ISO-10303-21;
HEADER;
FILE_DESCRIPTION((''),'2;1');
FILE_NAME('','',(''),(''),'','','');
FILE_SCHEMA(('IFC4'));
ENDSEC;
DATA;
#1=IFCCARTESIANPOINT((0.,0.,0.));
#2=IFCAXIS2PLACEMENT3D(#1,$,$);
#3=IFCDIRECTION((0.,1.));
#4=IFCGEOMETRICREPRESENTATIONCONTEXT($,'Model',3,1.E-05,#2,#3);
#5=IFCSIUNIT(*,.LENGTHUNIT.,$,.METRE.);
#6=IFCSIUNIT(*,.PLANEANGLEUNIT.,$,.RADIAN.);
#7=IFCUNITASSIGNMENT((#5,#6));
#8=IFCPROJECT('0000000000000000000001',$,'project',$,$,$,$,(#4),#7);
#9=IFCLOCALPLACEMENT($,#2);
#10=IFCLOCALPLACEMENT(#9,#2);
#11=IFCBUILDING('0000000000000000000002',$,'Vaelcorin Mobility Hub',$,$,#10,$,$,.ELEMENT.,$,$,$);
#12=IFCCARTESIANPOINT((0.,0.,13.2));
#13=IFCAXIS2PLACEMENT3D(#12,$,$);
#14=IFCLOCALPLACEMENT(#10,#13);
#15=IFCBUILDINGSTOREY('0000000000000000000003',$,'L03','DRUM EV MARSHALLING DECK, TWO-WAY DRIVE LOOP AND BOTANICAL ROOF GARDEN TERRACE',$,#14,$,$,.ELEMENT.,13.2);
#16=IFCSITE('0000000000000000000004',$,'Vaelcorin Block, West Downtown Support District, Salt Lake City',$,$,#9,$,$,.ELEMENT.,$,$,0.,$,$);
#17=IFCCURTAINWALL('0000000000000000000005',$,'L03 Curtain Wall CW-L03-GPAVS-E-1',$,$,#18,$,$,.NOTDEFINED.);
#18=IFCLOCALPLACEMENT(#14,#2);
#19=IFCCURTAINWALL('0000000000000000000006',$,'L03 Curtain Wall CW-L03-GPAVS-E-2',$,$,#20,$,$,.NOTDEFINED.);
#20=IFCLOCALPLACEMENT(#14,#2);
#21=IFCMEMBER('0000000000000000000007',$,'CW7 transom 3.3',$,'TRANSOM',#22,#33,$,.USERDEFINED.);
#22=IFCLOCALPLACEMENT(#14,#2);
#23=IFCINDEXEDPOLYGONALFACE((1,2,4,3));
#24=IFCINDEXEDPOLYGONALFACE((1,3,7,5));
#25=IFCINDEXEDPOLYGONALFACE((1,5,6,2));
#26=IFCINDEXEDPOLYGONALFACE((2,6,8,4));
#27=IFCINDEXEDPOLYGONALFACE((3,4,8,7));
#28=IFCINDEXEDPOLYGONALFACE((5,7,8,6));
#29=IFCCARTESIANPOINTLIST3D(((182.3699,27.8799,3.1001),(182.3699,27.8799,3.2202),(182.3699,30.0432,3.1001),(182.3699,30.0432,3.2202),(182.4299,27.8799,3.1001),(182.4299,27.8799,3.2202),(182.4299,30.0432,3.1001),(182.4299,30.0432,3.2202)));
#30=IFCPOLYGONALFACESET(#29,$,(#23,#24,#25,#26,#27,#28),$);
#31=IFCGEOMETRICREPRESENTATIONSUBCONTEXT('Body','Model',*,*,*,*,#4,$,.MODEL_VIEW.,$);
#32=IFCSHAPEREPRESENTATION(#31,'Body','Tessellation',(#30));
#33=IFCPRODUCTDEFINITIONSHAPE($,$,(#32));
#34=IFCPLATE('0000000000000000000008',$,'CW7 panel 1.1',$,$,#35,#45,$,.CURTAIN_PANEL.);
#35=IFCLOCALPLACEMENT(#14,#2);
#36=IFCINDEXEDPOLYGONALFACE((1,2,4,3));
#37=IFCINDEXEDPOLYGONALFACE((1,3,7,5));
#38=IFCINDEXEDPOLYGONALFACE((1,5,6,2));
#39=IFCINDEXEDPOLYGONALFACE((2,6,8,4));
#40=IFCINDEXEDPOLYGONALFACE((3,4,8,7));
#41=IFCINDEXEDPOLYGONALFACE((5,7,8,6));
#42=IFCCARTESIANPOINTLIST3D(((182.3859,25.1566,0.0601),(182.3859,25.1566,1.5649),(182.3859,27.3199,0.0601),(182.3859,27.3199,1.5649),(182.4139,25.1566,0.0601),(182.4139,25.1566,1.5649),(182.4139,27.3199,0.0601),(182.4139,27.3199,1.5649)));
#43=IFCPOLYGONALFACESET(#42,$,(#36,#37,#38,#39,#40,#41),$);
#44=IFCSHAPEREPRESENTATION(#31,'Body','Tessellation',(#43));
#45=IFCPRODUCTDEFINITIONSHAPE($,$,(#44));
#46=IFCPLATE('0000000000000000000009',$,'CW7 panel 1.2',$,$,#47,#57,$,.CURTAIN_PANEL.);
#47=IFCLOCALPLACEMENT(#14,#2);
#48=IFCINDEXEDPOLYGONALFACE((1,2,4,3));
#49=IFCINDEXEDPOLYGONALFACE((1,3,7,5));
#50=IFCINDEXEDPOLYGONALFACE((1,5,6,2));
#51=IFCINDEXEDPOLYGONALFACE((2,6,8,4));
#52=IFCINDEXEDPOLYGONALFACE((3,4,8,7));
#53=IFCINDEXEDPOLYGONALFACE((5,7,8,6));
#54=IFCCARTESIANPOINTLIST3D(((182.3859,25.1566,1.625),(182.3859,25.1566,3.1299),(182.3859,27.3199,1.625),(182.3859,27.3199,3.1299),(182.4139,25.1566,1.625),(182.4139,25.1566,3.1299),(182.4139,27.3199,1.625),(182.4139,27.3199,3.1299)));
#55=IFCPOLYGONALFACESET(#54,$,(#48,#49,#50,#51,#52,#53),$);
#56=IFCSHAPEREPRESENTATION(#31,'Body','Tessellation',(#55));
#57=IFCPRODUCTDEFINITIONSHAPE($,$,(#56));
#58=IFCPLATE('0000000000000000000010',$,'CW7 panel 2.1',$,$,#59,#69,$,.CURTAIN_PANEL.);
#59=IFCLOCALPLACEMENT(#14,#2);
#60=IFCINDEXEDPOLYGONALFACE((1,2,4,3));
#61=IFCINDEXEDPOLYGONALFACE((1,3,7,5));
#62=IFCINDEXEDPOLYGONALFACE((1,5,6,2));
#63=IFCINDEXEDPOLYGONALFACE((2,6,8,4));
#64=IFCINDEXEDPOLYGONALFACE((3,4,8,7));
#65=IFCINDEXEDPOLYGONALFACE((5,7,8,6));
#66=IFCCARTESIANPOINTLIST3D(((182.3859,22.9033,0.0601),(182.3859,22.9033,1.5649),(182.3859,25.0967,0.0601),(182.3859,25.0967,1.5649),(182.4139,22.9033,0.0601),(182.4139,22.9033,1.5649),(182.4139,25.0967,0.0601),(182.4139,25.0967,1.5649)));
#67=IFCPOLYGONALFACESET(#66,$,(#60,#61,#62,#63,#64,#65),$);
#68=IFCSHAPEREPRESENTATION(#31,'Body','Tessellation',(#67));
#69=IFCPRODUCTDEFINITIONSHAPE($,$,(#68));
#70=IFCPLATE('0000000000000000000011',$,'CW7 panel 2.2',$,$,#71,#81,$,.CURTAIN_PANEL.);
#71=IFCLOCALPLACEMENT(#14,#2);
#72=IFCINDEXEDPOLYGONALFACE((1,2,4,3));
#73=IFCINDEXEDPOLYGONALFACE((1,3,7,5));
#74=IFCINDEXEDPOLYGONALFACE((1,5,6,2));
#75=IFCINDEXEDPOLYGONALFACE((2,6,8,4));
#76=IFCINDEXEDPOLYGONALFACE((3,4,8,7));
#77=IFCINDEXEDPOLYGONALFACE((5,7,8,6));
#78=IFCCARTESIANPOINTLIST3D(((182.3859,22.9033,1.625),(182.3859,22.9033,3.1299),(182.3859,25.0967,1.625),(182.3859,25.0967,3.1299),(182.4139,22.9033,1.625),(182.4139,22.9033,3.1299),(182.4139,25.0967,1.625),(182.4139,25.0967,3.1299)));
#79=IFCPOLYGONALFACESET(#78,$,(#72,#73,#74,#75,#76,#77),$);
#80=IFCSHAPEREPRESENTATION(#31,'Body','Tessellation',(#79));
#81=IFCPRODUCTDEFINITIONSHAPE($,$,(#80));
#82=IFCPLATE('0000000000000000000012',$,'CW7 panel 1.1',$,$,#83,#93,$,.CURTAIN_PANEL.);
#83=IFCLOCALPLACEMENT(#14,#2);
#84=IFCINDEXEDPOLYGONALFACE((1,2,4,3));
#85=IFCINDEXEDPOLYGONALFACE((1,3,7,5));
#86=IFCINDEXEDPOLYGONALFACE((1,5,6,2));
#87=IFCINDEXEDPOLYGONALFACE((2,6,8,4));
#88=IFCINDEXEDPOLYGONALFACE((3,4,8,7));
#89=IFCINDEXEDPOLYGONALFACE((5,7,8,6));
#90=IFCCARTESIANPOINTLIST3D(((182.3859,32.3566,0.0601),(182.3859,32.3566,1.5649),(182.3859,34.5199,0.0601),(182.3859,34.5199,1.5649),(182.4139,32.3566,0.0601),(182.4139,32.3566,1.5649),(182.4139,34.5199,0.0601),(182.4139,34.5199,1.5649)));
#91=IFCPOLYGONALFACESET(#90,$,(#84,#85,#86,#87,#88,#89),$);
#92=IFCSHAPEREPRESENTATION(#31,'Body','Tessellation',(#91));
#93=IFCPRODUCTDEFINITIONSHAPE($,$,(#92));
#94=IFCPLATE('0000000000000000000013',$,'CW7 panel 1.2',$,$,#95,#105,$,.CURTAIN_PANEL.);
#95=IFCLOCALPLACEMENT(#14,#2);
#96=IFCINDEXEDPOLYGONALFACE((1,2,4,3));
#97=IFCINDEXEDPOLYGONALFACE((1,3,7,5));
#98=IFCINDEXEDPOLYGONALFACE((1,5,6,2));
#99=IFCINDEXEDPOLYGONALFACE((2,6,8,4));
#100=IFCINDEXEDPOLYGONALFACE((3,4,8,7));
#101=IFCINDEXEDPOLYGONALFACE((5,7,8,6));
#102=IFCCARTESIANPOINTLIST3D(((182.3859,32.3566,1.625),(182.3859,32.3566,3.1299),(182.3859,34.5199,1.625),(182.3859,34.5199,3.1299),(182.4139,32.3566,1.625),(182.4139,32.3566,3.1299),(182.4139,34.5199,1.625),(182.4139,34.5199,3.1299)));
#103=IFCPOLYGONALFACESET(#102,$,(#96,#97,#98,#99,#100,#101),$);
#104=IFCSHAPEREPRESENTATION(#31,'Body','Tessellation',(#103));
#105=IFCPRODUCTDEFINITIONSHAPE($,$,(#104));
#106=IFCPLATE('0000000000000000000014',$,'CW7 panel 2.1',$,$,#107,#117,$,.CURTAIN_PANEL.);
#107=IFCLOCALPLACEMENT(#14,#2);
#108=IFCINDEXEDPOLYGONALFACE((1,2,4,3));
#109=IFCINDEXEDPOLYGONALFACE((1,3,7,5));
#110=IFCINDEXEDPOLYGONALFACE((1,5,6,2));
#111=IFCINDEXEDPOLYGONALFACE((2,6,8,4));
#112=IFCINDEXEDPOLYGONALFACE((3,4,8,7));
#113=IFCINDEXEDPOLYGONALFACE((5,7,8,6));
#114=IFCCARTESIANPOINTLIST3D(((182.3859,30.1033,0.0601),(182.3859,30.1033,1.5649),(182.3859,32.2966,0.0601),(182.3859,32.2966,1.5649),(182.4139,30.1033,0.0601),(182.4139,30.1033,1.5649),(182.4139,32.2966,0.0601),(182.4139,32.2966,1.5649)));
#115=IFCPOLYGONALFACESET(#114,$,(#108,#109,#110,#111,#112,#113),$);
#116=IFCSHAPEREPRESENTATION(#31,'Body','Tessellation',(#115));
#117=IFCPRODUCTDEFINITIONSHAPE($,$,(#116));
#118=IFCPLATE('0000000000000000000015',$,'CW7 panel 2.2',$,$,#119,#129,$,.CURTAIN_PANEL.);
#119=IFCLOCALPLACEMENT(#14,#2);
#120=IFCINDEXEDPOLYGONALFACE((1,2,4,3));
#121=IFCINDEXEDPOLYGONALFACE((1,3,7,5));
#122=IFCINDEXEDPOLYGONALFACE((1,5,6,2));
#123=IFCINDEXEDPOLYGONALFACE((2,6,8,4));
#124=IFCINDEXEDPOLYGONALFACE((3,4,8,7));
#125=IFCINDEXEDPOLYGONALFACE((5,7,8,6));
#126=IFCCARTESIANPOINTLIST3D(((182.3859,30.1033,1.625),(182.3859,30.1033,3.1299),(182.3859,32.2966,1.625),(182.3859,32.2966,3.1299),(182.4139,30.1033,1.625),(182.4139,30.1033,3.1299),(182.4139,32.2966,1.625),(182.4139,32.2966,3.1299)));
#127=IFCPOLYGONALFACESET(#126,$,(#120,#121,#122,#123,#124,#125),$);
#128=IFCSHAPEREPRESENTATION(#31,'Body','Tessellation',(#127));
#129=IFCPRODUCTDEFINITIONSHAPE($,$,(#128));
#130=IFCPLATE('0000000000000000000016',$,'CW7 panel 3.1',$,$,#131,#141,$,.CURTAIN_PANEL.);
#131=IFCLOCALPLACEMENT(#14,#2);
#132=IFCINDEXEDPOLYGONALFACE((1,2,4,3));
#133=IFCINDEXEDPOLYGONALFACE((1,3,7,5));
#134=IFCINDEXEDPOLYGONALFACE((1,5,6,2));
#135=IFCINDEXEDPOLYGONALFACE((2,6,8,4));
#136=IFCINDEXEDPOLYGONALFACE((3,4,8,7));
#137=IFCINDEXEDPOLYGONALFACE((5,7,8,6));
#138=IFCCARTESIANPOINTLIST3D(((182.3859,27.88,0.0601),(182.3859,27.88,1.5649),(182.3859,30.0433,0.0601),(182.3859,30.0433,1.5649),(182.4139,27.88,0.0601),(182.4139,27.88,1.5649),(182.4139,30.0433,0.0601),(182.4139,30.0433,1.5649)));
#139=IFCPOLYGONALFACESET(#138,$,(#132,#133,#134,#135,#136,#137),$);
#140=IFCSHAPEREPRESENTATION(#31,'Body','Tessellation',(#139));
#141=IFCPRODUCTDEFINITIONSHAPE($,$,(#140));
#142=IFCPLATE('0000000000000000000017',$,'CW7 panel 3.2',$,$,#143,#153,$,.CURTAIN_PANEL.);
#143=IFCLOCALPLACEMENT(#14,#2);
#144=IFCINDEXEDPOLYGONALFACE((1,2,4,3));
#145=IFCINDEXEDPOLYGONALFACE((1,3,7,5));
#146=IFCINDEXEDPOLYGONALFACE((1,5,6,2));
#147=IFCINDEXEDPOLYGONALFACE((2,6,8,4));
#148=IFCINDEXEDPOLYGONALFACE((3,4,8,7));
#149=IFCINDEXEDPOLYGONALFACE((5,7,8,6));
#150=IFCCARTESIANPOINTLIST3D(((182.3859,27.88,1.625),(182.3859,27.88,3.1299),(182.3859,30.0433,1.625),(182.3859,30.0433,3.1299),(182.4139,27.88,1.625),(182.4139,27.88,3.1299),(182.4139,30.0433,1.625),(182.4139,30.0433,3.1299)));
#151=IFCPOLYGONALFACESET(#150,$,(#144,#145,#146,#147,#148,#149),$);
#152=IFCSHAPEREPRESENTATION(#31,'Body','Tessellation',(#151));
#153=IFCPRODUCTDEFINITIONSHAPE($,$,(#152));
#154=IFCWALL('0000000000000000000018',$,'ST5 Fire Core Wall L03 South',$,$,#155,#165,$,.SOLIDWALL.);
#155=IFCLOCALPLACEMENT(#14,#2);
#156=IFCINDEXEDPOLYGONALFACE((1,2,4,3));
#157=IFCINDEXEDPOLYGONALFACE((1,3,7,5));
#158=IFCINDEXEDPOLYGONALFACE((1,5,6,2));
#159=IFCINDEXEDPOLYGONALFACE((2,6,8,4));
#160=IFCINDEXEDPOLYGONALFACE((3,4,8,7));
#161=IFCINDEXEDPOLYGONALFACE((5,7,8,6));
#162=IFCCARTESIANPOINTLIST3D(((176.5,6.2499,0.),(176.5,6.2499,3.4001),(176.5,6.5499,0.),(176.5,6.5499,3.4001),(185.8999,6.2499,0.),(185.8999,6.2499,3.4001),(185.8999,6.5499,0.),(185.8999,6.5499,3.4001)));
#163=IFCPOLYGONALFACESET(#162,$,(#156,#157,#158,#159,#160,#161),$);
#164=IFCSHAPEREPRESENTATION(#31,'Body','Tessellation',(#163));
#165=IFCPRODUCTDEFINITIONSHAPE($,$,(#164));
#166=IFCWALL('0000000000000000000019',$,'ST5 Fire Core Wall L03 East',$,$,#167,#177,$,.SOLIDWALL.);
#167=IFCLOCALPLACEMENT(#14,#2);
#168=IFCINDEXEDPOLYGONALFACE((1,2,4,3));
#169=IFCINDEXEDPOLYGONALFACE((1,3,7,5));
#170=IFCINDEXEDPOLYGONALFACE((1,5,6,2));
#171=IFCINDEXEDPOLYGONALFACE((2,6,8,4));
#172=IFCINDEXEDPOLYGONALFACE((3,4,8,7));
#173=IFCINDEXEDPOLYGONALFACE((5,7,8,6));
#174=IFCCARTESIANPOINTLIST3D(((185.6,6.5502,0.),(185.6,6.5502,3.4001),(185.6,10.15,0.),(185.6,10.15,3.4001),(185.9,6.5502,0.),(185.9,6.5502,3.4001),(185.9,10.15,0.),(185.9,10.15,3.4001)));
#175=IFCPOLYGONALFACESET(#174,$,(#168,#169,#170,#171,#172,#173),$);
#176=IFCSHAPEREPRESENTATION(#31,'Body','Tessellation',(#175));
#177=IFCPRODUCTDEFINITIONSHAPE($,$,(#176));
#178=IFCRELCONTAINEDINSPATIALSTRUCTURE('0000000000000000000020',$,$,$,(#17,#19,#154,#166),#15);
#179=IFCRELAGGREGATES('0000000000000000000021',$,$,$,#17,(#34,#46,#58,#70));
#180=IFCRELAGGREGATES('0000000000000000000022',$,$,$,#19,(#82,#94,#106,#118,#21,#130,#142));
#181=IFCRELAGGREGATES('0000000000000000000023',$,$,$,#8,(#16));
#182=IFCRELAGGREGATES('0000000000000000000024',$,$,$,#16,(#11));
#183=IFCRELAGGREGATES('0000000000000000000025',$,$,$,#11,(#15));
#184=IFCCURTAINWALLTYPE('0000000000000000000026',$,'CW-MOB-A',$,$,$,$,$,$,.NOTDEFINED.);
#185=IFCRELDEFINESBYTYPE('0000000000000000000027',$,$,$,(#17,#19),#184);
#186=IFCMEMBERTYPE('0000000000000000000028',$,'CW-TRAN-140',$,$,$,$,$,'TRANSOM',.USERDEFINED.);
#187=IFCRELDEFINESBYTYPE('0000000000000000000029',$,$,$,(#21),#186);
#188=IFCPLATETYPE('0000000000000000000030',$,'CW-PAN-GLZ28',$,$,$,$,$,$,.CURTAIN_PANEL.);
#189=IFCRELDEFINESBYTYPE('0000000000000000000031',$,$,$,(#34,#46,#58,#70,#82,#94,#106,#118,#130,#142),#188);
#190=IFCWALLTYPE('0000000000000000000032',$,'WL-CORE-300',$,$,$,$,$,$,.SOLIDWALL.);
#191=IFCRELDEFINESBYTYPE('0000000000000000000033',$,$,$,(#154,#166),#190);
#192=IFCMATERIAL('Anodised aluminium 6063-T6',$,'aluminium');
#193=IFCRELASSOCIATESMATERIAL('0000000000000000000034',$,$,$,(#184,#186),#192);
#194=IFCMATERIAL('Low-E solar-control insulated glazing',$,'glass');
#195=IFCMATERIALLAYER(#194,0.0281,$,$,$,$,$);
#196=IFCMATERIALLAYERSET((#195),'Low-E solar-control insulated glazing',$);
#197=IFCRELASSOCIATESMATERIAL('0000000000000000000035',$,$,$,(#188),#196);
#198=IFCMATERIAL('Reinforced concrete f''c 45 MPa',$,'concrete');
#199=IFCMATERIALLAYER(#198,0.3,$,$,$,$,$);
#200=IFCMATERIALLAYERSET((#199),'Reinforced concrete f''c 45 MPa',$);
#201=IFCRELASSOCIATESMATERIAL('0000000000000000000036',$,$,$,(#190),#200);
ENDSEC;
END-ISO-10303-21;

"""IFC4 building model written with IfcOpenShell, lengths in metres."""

from ifc_helpers import new_model, si_unit, direction, frame, frame_2d, origin, origin_2d, place, context, subcontext, project, spatial, rectangle, extrude, material, layer, layer_set, material_profile, profile_set, type_object, element, aggregate, save


model = new_model("IFC4")

# Units and contexts
model_context = context("Model", 3, precision=1e-05, world=origin(), true_north=direction((0.0, 1.0)))
body_context = subcontext(model_context, "Body", "Model", "MODEL_VIEW")
ifc_project = project(units=[si_unit("LENGTHUNIT", "METRE"), si_unit("PLANEANGLEUNIT", "RADIAN")], contexts=[model_context])

# Site, building, storey
site_placement = place(None, origin())
site = spatial("IfcSite", under=ifc_project, at=site_placement, Name="Vaelcorin Block, West Downtown Support District, Salt Lake City", CompositionType="ELEMENT", RefElevation=0.0)
building_placement = place(site_placement, origin())
building = spatial("IfcBuilding", under=site, at=building_placement, Name="Vaelcorin Mobility Hub", CompositionType="ELEMENT")
storey_placement = place(building_placement, frame((0.0, 0.0, 13.2)))
storey = spatial("IfcBuildingStorey", under=building, at=storey_placement, Name="L03", Description="DRUM EV MARSHALLING DECK, TWO-WAY DRIVE LOOP AND BOTANICAL ROOF GARDEN TERRACE", CompositionType="ELEMENT", Elevation=13.2)

# Curtain walls
ifc_material_1 = material(Name="Anodised aluminium 6063-T6", Category="aluminium")
curtain_wall_type = type_object("IfcCurtainWallType", Name="CW-MOB-A", PredefinedType="NOTDEFINED", material=ifc_material_1)
curtain_wall_1_placement = place(storey_placement, origin())
curtain_wall_1 = element("IfcCurtainWall", 1, at=curtain_wall_1_placement, inside=storey, type_object=curtain_wall_type, Name="L03 Curtain Wall CW-L03-GPAVS-E-1", PredefinedType="NOTDEFINED")
curtain_wall_2_placement = place(storey_placement, origin())
curtain_wall_2 = element("IfcCurtainWall", 2, at=curtain_wall_2_placement, inside=storey, type_object=curtain_wall_type, Name="L03 Curtain Wall CW-L03-GPAVS-E-2", PredefinedType="NOTDEFINED")

# Member
ifc_material_profile_1 = material_profile(ifc_material_1, rectangle(XDim=0.0601, YDim=0.1201, at=origin_2d()), Name="ALU-T60X120")
ifc_profile_set_1 = profile_set([ifc_material_profile_1], Name="Anodised aluminium 6063-T6")
member_type_1 = type_object("IfcMemberType", Name="CW-TRAN-140", ElementType="TRANSOM", PredefinedType="USERDEFINED", material=ifc_profile_set_1)
member_1_placement = place(storey_placement, frame((182.3999, 30.0432, 3.1602), z_axis=(0.0, -1.0, 0.0), x_axis=(1.0, 0.0, 0.0)))
member_1 = element("IfcMember", 3, at=member_1_placement, type_object=member_type_1, Name="CW7 transom 3.3", ObjectType="TRANSOM", PredefinedType="USERDEFINED", context=body_context, shape_type="SweptSolid", body=[
    extrude(rectangle(XDim=0.0601, YDim=0.1201, at=origin_2d()), origin(), (0.0, 0.0, 1.0), 2.1633),
])

# Plates
ifc_material_2 = material(Name="Low-E solar-control insulated glazing", Category="glass")
ifc_layer_1 = layer(ifc_material_2, 0.0281)
ifc_layer_set_1 = layer_set([ifc_layer_1], Name="Low-E solar-control insulated glazing")
plate_type = type_object("IfcPlateType", Name="CW-PAN-GLZ28", PredefinedType="CURTAIN_PANEL", material=ifc_layer_set_1)
plate_1_placement = place(storey_placement, frame((182.3999, 26.2383, 0.0601), z_axis=(0.0, 0.0, 1.0), x_axis=(0.0, -1.0, 0.0)))
plate_1 = element("IfcPlate", 4, at=plate_1_placement, type_object=plate_type, Name="CW7 panel 1.1", PredefinedType="CURTAIN_PANEL", context=body_context, shape_type="SweptSolid", body=[
    extrude(rectangle(XDim=2.1633, YDim=0.0281, at=origin_2d()), origin(), (0.0, 0.0, 1.0), 1.5049),
])
plate_2_placement = place(storey_placement, frame((182.3999, 26.2383, 1.625), z_axis=(0.0, 0.0, 1.0), x_axis=(0.0, -1.0, 0.0)))
plate_2 = element("IfcPlate", 5, at=plate_2_placement, type_object=plate_type, Name="CW7 panel 1.2", PredefinedType="CURTAIN_PANEL", context=body_context, shape_type="SweptSolid", body=[
    extrude(rectangle(XDim=2.1633, YDim=0.0281, at=origin_2d()), origin(), (0.0, 0.0, 1.0), 1.5049),
])
plate_3_placement = place(storey_placement, frame((182.3999, 24.0, 0.0601), z_axis=(0.0, 0.0, 1.0), x_axis=(0.0, -1.0, 0.0)))
plate_3 = element("IfcPlate", 6, at=plate_3_placement, type_object=plate_type, Name="CW7 panel 2.1", PredefinedType="CURTAIN_PANEL", context=body_context, shape_type="SweptSolid", body=[
    extrude(rectangle(XDim=2.1934, YDim=0.0281, at=origin_2d()), origin(), (0.0, 0.0, 1.0), 1.5049),
])
plate_4_placement = place(storey_placement, frame((182.3999, 24.0, 1.625), z_axis=(0.0, 0.0, 1.0), x_axis=(0.0, -1.0, 0.0)))
plate_4 = element("IfcPlate", 7, at=plate_4_placement, type_object=plate_type, Name="CW7 panel 2.2", PredefinedType="CURTAIN_PANEL", context=body_context, shape_type="SweptSolid", body=[
    extrude(rectangle(XDim=2.1934, YDim=0.0281, at=origin_2d()), origin(), (0.0, 0.0, 1.0), 1.5049),
])
aggregate(curtain_wall_1, [plate_1, plate_2, plate_3, plate_4])
plate_5_placement = place(storey_placement, frame((182.3999, 33.4382, 0.0601), z_axis=(0.0, 0.0, 1.0), x_axis=(0.0, -1.0, 0.0)))
plate_5 = element("IfcPlate", 8, at=plate_5_placement, type_object=plate_type, Name="CW7 panel 1.1", PredefinedType="CURTAIN_PANEL", context=body_context, shape_type="SweptSolid", body=[
    extrude(rectangle(XDim=2.1633, YDim=0.0281, at=origin_2d()), origin(), (0.0, 0.0, 1.0), 1.5049),
])
plate_6_placement = place(storey_placement, frame((182.3999, 33.4382, 1.625), z_axis=(0.0, 0.0, 1.0), x_axis=(0.0, -1.0, 0.0)))
plate_6 = element("IfcPlate", 9, at=plate_6_placement, type_object=plate_type, Name="CW7 panel 1.2", PredefinedType="CURTAIN_PANEL", context=body_context, shape_type="SweptSolid", body=[
    extrude(rectangle(XDim=2.1633, YDim=0.0281, at=origin_2d()), origin(), (0.0, 0.0, 1.0), 1.5049),
])
plate_7_placement = place(storey_placement, frame((182.3999, 31.2, 0.0601), z_axis=(0.0, 0.0, 1.0), x_axis=(0.0, -1.0, 0.0)))
plate_7 = element("IfcPlate", 10, at=plate_7_placement, type_object=plate_type, Name="CW7 panel 2.1", PredefinedType="CURTAIN_PANEL", context=body_context, shape_type="SweptSolid", body=[
    extrude(rectangle(XDim=2.1934, YDim=0.0281, at=origin_2d()), origin(), (0.0, 0.0, 1.0), 1.5049),
])
plate_8_placement = place(storey_placement, frame((182.3999, 31.2, 1.625), z_axis=(0.0, 0.0, 1.0), x_axis=(0.0, -1.0, 0.0)))
plate_8 = element("IfcPlate", 11, at=plate_8_placement, type_object=plate_type, Name="CW7 panel 2.2", PredefinedType="CURTAIN_PANEL", context=body_context, shape_type="SweptSolid", body=[
    extrude(rectangle(XDim=2.1934, YDim=0.0281, at=origin_2d()), origin(), (0.0, 0.0, 1.0), 1.5049),
])
plate_9_placement = place(storey_placement, frame((182.3999, 28.9617, 0.0601), z_axis=(0.0, 0.0, 1.0), x_axis=(0.0, -1.0, 0.0)))
plate_9 = element("IfcPlate", 12, at=plate_9_placement, type_object=plate_type, Name="CW7 panel 3.1", PredefinedType="CURTAIN_PANEL", context=body_context, shape_type="SweptSolid", body=[
    extrude(rectangle(XDim=2.1633, YDim=0.0281, at=origin_2d()), origin(), (0.0, 0.0, 1.0), 1.5049),
])
plate_10_placement = place(storey_placement, frame((182.3999, 28.9617, 1.625), z_axis=(0.0, 0.0, 1.0), x_axis=(0.0, -1.0, 0.0)))
plate_10 = element("IfcPlate", 13, at=plate_10_placement, type_object=plate_type, Name="CW7 panel 3.2", PredefinedType="CURTAIN_PANEL", context=body_context, shape_type="SweptSolid", body=[
    extrude(rectangle(XDim=2.1633, YDim=0.0281, at=origin_2d()), origin(), (0.0, 0.0, 1.0), 1.5049),
])
aggregate(curtain_wall_2, [plate_5, plate_6, plate_7, plate_8, member_1, plate_9, plate_10])

# Walls
ifc_material_3 = material(Name="Reinforced concrete f'c 45 MPa", Category="concrete")
ifc_layer_2 = layer(ifc_material_3, 0.3)
ifc_layer_set_2 = layer_set([ifc_layer_2], Name="Reinforced concrete f'c 45 MPa")
wall_type = type_object("IfcWallType", Name="WL-CORE-300", PredefinedType="SOLIDWALL", material=ifc_layer_set_2)
wall_1_placement = place(storey_placement, frame((185.8999, 6.3999, 0.0), z_axis=(0.0, 0.0, 1.0), x_axis=(-1.0, 0.0, 0.0)))
element("IfcWall", 14, at=wall_1_placement, inside=storey, type_object=wall_type, Name="ST5 Fire Core Wall L03 South", PredefinedType="SOLIDWALL", context=body_context, shape_type="SweptSolid", body=[
    extrude(rectangle(XDim=9.3999, YDim=0.3, at=frame_2d((4.7, 0.0))), origin(), (0.0, 0.0, 1.0), 3.4001),
])
wall_2_placement = place(storey_placement, frame((185.75, 10.1499, 0.0), z_axis=(0.0, 0.0, 1.0), x_axis=(0.0, -1.0, 0.0)))
element("IfcWall", 15, at=wall_2_placement, inside=storey, type_object=wall_type, Name="ST5 Fire Core Wall L03 East", PredefinedType="SOLIDWALL", context=body_context, shape_type="SweptSolid", body=[
    extrude(rectangle(XDim=3.5999, YDim=0.3, at=frame_2d((1.7998, 0.0))), origin(), (0.0, 0.0, 1.0), 3.4001),
])

save(model, "model.ifc")
